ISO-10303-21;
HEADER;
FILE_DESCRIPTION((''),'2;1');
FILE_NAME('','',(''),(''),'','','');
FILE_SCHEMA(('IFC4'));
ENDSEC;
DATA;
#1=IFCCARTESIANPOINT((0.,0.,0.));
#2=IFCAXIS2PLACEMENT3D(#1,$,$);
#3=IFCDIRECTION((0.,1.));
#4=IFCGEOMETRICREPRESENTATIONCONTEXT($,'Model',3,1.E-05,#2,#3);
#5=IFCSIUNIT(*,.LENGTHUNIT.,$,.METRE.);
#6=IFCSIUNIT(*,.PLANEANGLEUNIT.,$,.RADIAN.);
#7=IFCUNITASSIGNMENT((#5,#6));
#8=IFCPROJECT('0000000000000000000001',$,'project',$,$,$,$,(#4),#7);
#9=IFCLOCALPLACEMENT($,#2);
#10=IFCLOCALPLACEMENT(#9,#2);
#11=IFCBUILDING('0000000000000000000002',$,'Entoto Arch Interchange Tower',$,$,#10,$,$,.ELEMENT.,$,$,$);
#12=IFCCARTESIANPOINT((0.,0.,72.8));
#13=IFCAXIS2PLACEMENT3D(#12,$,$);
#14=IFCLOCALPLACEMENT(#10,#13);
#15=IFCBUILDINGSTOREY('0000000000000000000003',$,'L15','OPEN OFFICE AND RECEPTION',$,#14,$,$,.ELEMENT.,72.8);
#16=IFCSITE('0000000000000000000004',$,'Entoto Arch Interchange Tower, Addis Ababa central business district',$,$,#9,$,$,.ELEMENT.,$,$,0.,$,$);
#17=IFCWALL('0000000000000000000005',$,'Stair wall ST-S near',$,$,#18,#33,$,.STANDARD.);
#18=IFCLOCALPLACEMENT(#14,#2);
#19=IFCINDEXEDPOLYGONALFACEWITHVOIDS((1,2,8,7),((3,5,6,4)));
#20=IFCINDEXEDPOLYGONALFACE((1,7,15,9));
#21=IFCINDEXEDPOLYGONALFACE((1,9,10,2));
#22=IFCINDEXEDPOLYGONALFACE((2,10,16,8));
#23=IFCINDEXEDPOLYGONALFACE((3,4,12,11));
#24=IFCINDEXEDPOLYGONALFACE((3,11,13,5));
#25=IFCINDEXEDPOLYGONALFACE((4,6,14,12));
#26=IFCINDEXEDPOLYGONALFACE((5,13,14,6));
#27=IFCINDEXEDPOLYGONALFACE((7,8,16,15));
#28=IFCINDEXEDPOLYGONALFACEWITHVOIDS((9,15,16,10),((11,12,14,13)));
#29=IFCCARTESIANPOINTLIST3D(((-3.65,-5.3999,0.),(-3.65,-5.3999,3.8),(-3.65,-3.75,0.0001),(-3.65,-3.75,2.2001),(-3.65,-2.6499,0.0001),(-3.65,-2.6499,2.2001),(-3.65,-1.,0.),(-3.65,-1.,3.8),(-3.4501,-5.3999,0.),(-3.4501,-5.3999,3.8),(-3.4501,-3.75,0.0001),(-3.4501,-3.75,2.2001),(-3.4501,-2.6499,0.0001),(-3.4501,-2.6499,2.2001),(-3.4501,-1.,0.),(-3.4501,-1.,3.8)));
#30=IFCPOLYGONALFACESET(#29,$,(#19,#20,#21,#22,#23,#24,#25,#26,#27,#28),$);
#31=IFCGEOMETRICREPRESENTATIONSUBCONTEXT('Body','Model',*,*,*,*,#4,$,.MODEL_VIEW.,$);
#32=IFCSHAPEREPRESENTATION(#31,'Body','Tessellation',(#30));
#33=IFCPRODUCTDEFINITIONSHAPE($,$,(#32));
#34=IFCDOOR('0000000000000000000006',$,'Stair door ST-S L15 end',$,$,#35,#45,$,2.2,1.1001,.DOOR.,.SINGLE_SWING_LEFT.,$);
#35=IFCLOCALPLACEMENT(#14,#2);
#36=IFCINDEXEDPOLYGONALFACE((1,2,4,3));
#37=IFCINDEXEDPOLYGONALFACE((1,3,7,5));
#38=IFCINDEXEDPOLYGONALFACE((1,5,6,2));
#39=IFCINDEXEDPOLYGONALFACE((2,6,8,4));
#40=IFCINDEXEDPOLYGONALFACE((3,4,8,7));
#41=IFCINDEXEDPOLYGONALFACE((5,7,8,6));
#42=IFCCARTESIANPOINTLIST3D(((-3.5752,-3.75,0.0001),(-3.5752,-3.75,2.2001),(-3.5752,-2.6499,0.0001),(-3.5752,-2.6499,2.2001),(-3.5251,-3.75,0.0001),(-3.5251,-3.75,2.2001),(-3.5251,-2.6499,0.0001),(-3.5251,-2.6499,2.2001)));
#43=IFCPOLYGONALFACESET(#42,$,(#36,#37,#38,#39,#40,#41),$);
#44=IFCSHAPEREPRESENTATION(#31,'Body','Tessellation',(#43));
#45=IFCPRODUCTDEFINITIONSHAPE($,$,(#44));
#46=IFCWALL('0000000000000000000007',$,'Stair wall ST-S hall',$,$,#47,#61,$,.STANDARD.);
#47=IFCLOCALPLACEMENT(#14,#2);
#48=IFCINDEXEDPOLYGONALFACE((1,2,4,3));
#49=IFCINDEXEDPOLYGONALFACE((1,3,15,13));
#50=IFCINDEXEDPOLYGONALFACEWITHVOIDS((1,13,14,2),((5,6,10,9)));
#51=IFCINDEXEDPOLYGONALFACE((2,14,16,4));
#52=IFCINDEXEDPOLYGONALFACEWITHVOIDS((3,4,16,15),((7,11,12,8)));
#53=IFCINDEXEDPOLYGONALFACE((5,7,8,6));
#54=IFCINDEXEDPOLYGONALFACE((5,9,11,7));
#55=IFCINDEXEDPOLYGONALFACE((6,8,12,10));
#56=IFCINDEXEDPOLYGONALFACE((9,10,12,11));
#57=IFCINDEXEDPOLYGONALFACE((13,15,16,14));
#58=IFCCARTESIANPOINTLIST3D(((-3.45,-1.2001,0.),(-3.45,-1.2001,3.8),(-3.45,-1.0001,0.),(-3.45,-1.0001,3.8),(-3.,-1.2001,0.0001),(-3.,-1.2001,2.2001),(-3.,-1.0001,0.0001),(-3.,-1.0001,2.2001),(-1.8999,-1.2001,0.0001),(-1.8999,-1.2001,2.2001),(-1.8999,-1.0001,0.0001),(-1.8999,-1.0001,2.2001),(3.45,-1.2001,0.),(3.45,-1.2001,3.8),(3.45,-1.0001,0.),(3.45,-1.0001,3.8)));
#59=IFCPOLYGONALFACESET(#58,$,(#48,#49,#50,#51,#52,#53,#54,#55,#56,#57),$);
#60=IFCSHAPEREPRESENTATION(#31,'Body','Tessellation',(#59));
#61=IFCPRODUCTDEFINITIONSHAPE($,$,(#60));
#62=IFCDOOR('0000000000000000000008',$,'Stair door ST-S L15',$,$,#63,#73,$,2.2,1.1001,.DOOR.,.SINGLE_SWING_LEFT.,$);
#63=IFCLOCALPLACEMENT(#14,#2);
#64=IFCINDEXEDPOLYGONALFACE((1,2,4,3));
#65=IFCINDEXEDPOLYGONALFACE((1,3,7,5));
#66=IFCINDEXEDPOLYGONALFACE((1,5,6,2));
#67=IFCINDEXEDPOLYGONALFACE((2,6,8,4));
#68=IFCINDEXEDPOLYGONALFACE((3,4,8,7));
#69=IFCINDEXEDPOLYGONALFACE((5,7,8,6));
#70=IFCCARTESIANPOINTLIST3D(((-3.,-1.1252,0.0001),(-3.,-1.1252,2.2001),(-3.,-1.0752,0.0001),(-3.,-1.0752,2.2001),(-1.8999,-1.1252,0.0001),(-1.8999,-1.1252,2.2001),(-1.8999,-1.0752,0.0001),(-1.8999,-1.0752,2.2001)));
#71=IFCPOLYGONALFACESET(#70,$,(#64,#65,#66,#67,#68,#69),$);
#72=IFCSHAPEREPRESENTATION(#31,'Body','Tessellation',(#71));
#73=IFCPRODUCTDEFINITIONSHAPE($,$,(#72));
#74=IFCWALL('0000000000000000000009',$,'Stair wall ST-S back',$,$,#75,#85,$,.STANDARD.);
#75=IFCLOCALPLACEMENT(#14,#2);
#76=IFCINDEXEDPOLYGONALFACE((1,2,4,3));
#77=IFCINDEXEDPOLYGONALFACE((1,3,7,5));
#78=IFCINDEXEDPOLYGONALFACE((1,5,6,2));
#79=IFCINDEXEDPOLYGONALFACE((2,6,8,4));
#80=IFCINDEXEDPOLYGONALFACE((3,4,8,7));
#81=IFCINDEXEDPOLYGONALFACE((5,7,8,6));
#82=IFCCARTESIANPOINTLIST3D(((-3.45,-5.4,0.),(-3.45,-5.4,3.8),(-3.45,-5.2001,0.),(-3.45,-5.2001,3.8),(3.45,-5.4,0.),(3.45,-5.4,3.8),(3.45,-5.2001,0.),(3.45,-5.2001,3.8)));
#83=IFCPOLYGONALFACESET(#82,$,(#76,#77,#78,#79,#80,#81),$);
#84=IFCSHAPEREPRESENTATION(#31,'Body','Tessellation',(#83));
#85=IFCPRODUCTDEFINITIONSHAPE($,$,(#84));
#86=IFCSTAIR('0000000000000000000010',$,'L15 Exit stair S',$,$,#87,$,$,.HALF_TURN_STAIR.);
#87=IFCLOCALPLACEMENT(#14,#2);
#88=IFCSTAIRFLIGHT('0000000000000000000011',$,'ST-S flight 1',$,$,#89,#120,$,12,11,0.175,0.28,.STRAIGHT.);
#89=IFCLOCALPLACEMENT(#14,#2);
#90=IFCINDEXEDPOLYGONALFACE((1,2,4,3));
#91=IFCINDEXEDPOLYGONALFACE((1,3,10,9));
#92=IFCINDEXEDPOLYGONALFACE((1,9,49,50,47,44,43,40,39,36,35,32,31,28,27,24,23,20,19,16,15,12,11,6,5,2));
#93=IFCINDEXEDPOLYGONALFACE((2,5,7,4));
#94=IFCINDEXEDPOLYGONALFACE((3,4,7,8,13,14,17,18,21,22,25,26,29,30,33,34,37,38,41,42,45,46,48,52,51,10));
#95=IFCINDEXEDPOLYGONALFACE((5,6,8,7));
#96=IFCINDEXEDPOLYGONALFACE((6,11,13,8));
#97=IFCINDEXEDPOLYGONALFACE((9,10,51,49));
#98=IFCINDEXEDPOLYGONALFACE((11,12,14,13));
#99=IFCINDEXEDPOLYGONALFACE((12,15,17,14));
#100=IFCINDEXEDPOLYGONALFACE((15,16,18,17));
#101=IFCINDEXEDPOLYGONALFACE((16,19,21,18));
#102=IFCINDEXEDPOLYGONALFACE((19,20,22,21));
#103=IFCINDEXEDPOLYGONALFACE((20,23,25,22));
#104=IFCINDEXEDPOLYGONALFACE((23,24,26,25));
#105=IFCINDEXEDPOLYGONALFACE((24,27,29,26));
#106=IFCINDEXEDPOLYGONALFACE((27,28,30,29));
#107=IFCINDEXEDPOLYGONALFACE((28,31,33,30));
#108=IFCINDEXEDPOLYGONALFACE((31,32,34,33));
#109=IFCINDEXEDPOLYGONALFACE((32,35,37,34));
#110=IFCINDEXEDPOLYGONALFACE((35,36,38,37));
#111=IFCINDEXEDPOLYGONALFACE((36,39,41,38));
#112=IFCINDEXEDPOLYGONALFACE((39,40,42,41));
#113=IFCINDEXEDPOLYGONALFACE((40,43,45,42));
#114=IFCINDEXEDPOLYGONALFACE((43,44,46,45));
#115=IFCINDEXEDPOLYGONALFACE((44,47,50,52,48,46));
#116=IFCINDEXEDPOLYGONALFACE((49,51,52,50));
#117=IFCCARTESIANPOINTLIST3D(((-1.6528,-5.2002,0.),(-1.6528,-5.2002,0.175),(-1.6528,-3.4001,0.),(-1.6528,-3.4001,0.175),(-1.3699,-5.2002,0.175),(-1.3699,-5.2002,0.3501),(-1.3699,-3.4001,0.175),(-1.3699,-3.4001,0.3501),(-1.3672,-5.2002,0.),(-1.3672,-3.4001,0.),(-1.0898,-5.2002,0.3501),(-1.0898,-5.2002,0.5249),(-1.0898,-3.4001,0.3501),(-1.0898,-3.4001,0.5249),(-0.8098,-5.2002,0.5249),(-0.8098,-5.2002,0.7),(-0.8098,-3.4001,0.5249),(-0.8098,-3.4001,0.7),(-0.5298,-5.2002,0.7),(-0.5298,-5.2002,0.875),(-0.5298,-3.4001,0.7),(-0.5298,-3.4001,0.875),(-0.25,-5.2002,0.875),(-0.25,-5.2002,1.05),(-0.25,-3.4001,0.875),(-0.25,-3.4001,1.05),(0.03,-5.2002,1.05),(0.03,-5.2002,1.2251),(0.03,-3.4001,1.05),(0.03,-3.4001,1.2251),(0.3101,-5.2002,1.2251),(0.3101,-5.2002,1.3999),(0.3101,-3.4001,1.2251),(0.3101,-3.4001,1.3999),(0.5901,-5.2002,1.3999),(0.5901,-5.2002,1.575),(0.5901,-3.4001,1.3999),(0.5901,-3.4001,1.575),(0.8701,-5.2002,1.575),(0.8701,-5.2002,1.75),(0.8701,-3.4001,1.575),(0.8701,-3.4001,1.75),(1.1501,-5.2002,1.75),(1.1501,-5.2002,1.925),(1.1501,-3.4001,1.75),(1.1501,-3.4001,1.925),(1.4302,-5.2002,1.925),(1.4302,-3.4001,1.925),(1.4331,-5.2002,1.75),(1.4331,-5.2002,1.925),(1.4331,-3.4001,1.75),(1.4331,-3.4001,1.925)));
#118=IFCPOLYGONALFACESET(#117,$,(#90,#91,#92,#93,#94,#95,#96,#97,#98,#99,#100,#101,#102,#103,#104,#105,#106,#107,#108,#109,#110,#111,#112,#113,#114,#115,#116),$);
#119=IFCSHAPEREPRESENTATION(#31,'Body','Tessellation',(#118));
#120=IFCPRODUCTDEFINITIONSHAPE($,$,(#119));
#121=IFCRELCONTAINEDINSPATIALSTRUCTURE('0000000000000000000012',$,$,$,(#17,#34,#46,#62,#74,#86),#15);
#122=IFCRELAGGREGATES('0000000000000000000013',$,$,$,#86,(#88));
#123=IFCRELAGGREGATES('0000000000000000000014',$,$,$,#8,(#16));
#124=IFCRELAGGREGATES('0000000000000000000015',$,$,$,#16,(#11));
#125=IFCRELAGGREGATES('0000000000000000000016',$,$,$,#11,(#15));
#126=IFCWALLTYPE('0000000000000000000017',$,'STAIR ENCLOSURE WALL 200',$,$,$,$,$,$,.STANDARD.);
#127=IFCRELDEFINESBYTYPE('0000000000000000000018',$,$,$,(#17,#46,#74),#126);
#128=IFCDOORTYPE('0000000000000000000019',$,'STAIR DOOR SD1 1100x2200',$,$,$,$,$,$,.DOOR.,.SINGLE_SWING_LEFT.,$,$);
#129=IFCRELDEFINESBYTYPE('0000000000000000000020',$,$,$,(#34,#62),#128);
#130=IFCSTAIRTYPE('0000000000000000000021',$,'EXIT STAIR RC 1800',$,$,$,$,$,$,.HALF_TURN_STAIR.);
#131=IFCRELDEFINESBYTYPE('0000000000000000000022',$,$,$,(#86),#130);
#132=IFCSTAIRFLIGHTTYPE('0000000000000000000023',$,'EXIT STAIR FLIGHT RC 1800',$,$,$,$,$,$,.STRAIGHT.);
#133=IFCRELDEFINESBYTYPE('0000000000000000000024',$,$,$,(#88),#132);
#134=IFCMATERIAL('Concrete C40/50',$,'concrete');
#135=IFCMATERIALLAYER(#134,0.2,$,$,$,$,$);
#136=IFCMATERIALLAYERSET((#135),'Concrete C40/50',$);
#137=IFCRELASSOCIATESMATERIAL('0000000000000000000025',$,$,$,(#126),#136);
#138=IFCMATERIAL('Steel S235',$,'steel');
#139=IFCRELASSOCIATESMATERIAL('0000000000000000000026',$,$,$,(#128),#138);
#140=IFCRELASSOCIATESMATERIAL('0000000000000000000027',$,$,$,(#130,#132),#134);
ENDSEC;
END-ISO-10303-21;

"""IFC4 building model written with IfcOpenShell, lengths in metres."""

from ifc_helpers import new_model, si_unit, direction, frame, frame_2d, origin, place, context, subcontext, project, spatial, polyline, rectangle, outline, extrude, material, layer, layer_set, type_object, element, fill, aggregate, save


model = new_model("IFC4")

# Units and contexts
model_context = context("Model", 3, precision=1e-05, world=origin(), true_north=direction((0.0, 1.0)))
body_context = subcontext(model_context, "Body", "Model", "MODEL_VIEW")
ifc_project = project(units=[si_unit("LENGTHUNIT", "METRE"), si_unit("PLANEANGLEUNIT", "RADIAN")], contexts=[model_context])

# Site, building, storey
site_placement = place(None, origin())
site = spatial("IfcSite", under=ifc_project, at=site_placement, Name="Entoto Arch Interchange Tower, Addis Ababa central business district", CompositionType="ELEMENT", RefElevation=0.0)
building_placement = place(site_placement, origin())
building = spatial("IfcBuilding", under=site, at=building_placement, Name="Entoto Arch Interchange Tower", CompositionType="ELEMENT")
storey_placement = place(building_placement, frame((0.0, 0.0, 72.8)))
storey = spatial("IfcBuildingStorey", under=building, at=storey_placement, Name="L15", Description="OPEN OFFICE AND RECEPTION", CompositionType="ELEMENT", Elevation=72.8)

# Shared definitions
ifc_material_1 = material(Name="Concrete C40/50", Category="concrete")

# Walls, openings, doors
ifc_layer_1 = layer(ifc_material_1, 0.2)
ifc_layer_set_1 = layer_set([ifc_layer_1], Name="Concrete C40/50")
wall_type_1 = type_object("IfcWallType", Name="STAIR ENCLOSURE WALL 200", PredefinedType="STANDARD", material=ifc_layer_set_1)
wall_1_placement = place(storey_placement, frame((-3.55, -1.0, 0.0), z_axis=(0.0, 0.0, 1.0), x_axis=(0.0, -1.0, 0.0)))
wall_1 = element("IfcWall", 1, at=wall_1_placement, inside=storey, type_object=wall_type_1, Name="Stair wall ST-S near", PredefinedType="STANDARD", context=body_context, shape_type="SweptSolid", body=[
    extrude(rectangle(XDim=4.3999, YDim=0.2, at=frame_2d((2.2, 0.0))), origin(), (0.0, 0.0, 1.0), 3.8),
])
opening_1_placement = place(wall_1_placement, frame((1.6499, 0.0, 0.0)))
opening_1 = element("IfcOpeningElement", 2, at=opening_1_placement, cuts=wall_1, PredefinedType="OPENING", context=body_context, shape_type="SweptSolid", body=[
    extrude(rectangle(XDim=1.1001, YDim=2.2, at=frame_2d((0.55, 1.1001))), frame((0.0, 0.1099, 0.0), z_axis=(0.0, -1.0, 0.0), x_axis=(1.0, 0.0, 0.0)), (0.0, 0.0, 1.0), 0.22),
])
ifc_material_2 = material(Name="Steel S235", Category="steel")
door_type_1 = type_object("IfcDoorType", Name="STAIR DOOR SD1 1100x2200", OperationType="SINGLE_SWING_LEFT", PredefinedType="DOOR", material=ifc_material_2)
door_1_placement = place(opening_1_placement, origin())
door_1 = element("IfcDoor", 3, at=door_1_placement, inside=storey, type_object=door_type_1, Name="Stair door ST-S L15 end", OperationType="SINGLE_SWING_LEFT", OverallHeight=2.2, OverallWidth=1.1001, PredefinedType="DOOR", context=body_context, shape_type="SweptSolid", body=[
    extrude(rectangle(XDim=1.1001, YDim=2.2, at=frame_2d((0.55, 1.1001))), frame((0.0, 0.0249, 0.0), z_axis=(0.0, -1.0, 0.0), x_axis=(1.0, 0.0, 0.0)), (0.0, 0.0, 1.0), 0.05),
])
fill(opening_1, door_1)
wall_2_placement = place(storey_placement, frame((-3.45, -1.1001, 0.0), z_axis=(0.0, 0.0, 1.0), x_axis=(1.0, 0.0, 0.0)))
wall_2 = element("IfcWall", 4, at=wall_2_placement, inside=storey, type_object=wall_type_1, Name="Stair wall ST-S hall", PredefinedType="STANDARD", context=body_context, shape_type="SweptSolid", body=[
    extrude(rectangle(XDim=6.8999, YDim=0.2, at=frame_2d((3.45, 0.0))), origin(), (0.0, 0.0, 1.0), 3.8),
])
opening_2_placement = place(wall_2_placement, frame((0.45, 0.0, 0.0)))
opening_2 = element("IfcOpeningElement", 5, at=opening_2_placement, cuts=wall_2, PredefinedType="OPENING", context=body_context, shape_type="SweptSolid", body=[
    extrude(rectangle(XDim=1.1001, YDim=2.2, at=frame_2d((0.55, 1.1001))), frame((0.0, 0.1099, 0.0), z_axis=(0.0, -1.0, 0.0), x_axis=(1.0, 0.0, 0.0)), (0.0, 0.0, 1.0), 0.22),
])
door_2_placement = place(opening_2_placement, origin())
door_2 = element("IfcDoor", 6, at=door_2_placement, inside=storey, type_object=door_type_1, Name="Stair door ST-S L15", OperationType="SINGLE_SWING_LEFT", OverallHeight=2.2, OverallWidth=1.1001, PredefinedType="DOOR", context=body_context, shape_type="SweptSolid", body=[
    extrude(rectangle(XDim=1.1001, YDim=2.2, at=frame_2d((0.55, 1.1001))), frame((0.0, 0.0249, 0.0), z_axis=(0.0, -1.0, 0.0), x_axis=(1.0, 0.0, 0.0)), (0.0, 0.0, 1.0), 0.05),
])
fill(opening_2, door_2)

# Wall
wall_3_placement = place(storey_placement, frame((-3.45, -5.3, 0.0), z_axis=(0.0, 0.0, 1.0), x_axis=(1.0, 0.0, 0.0)))
element("IfcWall", 7, at=wall_3_placement, inside=storey, type_object=wall_type_1, Name="Stair wall ST-S back", PredefinedType="STANDARD", context=body_context, shape_type="SweptSolid", body=[
    extrude(rectangle(XDim=6.8999, YDim=0.2, at=frame_2d((3.45, 0.0))), origin(), (0.0, 0.0, 1.0), 3.8),
])

# Stair, stair flight
stair_type = type_object("IfcStairType", Name="EXIT STAIR RC 1800", PredefinedType="HALF_TURN_STAIR", material=ifc_material_1)
stair_placement = place(storey_placement, origin())
stair = element("IfcStair", 8, at=stair_placement, inside=storey, type_object=stair_type, Name="L15 Exit stair S", PredefinedType="HALF_TURN_STAIR")
stair_flight_type = type_object("IfcStairFlightType", Name="EXIT STAIR FLIGHT RC 1800", PredefinedType="STRAIGHT", material=ifc_material_1)
stair_flight_placement = place(storey_placement, frame((-1.6499, -4.3, 0.0), z_axis=(0.0, 0.0, 1.0), x_axis=(1.0, 0.0, 0.0)))
stair_flight = element("IfcStairFlight", 9, at=stair_flight_placement, type_object=stair_flight_type, Name="ST-S flight 1", NumberOfRisers=12, NumberOfTreads=11, PredefinedType="STRAIGHT", RiserHeight=0.175, TreadLength=0.28, context=body_context, shape_type="SweptSolid", body=[
    extrude(outline(polyline([(-0.0029, 0.0), (-0.0029, 0.175), (0.28, 0.175), (0.28, 0.3501), (0.5601, 0.3501), (0.5601, 0.5249), (0.8401, 0.5249), (0.8401, 0.7), (1.1201, 0.7), (1.1201, 0.875), (1.3999, 0.875), (1.3999, 1.05), (1.6799, 1.05), (1.6799, 1.2251), (1.96, 1.2251), (1.96, 1.3999), (2.24, 1.3999), (2.24, 1.575), (2.52, 1.575), (2.52, 1.75), (2.8, 1.75), (2.8, 1.925), (3.0801, 1.925), (3.083, 1.925), (3.083, 1.75), (0.2827, 0.0), (-0.0029, 0.0)])), frame((0.0, 0.8999, 0.0), z_axis=(0.0, -1.0, 0.0), x_axis=(1.0, 0.0, 0.0)), (0.0, 0.0, 1.0), 1.8),
])
aggregate(stair, [stair_flight])

save(model, "model.ifc")
